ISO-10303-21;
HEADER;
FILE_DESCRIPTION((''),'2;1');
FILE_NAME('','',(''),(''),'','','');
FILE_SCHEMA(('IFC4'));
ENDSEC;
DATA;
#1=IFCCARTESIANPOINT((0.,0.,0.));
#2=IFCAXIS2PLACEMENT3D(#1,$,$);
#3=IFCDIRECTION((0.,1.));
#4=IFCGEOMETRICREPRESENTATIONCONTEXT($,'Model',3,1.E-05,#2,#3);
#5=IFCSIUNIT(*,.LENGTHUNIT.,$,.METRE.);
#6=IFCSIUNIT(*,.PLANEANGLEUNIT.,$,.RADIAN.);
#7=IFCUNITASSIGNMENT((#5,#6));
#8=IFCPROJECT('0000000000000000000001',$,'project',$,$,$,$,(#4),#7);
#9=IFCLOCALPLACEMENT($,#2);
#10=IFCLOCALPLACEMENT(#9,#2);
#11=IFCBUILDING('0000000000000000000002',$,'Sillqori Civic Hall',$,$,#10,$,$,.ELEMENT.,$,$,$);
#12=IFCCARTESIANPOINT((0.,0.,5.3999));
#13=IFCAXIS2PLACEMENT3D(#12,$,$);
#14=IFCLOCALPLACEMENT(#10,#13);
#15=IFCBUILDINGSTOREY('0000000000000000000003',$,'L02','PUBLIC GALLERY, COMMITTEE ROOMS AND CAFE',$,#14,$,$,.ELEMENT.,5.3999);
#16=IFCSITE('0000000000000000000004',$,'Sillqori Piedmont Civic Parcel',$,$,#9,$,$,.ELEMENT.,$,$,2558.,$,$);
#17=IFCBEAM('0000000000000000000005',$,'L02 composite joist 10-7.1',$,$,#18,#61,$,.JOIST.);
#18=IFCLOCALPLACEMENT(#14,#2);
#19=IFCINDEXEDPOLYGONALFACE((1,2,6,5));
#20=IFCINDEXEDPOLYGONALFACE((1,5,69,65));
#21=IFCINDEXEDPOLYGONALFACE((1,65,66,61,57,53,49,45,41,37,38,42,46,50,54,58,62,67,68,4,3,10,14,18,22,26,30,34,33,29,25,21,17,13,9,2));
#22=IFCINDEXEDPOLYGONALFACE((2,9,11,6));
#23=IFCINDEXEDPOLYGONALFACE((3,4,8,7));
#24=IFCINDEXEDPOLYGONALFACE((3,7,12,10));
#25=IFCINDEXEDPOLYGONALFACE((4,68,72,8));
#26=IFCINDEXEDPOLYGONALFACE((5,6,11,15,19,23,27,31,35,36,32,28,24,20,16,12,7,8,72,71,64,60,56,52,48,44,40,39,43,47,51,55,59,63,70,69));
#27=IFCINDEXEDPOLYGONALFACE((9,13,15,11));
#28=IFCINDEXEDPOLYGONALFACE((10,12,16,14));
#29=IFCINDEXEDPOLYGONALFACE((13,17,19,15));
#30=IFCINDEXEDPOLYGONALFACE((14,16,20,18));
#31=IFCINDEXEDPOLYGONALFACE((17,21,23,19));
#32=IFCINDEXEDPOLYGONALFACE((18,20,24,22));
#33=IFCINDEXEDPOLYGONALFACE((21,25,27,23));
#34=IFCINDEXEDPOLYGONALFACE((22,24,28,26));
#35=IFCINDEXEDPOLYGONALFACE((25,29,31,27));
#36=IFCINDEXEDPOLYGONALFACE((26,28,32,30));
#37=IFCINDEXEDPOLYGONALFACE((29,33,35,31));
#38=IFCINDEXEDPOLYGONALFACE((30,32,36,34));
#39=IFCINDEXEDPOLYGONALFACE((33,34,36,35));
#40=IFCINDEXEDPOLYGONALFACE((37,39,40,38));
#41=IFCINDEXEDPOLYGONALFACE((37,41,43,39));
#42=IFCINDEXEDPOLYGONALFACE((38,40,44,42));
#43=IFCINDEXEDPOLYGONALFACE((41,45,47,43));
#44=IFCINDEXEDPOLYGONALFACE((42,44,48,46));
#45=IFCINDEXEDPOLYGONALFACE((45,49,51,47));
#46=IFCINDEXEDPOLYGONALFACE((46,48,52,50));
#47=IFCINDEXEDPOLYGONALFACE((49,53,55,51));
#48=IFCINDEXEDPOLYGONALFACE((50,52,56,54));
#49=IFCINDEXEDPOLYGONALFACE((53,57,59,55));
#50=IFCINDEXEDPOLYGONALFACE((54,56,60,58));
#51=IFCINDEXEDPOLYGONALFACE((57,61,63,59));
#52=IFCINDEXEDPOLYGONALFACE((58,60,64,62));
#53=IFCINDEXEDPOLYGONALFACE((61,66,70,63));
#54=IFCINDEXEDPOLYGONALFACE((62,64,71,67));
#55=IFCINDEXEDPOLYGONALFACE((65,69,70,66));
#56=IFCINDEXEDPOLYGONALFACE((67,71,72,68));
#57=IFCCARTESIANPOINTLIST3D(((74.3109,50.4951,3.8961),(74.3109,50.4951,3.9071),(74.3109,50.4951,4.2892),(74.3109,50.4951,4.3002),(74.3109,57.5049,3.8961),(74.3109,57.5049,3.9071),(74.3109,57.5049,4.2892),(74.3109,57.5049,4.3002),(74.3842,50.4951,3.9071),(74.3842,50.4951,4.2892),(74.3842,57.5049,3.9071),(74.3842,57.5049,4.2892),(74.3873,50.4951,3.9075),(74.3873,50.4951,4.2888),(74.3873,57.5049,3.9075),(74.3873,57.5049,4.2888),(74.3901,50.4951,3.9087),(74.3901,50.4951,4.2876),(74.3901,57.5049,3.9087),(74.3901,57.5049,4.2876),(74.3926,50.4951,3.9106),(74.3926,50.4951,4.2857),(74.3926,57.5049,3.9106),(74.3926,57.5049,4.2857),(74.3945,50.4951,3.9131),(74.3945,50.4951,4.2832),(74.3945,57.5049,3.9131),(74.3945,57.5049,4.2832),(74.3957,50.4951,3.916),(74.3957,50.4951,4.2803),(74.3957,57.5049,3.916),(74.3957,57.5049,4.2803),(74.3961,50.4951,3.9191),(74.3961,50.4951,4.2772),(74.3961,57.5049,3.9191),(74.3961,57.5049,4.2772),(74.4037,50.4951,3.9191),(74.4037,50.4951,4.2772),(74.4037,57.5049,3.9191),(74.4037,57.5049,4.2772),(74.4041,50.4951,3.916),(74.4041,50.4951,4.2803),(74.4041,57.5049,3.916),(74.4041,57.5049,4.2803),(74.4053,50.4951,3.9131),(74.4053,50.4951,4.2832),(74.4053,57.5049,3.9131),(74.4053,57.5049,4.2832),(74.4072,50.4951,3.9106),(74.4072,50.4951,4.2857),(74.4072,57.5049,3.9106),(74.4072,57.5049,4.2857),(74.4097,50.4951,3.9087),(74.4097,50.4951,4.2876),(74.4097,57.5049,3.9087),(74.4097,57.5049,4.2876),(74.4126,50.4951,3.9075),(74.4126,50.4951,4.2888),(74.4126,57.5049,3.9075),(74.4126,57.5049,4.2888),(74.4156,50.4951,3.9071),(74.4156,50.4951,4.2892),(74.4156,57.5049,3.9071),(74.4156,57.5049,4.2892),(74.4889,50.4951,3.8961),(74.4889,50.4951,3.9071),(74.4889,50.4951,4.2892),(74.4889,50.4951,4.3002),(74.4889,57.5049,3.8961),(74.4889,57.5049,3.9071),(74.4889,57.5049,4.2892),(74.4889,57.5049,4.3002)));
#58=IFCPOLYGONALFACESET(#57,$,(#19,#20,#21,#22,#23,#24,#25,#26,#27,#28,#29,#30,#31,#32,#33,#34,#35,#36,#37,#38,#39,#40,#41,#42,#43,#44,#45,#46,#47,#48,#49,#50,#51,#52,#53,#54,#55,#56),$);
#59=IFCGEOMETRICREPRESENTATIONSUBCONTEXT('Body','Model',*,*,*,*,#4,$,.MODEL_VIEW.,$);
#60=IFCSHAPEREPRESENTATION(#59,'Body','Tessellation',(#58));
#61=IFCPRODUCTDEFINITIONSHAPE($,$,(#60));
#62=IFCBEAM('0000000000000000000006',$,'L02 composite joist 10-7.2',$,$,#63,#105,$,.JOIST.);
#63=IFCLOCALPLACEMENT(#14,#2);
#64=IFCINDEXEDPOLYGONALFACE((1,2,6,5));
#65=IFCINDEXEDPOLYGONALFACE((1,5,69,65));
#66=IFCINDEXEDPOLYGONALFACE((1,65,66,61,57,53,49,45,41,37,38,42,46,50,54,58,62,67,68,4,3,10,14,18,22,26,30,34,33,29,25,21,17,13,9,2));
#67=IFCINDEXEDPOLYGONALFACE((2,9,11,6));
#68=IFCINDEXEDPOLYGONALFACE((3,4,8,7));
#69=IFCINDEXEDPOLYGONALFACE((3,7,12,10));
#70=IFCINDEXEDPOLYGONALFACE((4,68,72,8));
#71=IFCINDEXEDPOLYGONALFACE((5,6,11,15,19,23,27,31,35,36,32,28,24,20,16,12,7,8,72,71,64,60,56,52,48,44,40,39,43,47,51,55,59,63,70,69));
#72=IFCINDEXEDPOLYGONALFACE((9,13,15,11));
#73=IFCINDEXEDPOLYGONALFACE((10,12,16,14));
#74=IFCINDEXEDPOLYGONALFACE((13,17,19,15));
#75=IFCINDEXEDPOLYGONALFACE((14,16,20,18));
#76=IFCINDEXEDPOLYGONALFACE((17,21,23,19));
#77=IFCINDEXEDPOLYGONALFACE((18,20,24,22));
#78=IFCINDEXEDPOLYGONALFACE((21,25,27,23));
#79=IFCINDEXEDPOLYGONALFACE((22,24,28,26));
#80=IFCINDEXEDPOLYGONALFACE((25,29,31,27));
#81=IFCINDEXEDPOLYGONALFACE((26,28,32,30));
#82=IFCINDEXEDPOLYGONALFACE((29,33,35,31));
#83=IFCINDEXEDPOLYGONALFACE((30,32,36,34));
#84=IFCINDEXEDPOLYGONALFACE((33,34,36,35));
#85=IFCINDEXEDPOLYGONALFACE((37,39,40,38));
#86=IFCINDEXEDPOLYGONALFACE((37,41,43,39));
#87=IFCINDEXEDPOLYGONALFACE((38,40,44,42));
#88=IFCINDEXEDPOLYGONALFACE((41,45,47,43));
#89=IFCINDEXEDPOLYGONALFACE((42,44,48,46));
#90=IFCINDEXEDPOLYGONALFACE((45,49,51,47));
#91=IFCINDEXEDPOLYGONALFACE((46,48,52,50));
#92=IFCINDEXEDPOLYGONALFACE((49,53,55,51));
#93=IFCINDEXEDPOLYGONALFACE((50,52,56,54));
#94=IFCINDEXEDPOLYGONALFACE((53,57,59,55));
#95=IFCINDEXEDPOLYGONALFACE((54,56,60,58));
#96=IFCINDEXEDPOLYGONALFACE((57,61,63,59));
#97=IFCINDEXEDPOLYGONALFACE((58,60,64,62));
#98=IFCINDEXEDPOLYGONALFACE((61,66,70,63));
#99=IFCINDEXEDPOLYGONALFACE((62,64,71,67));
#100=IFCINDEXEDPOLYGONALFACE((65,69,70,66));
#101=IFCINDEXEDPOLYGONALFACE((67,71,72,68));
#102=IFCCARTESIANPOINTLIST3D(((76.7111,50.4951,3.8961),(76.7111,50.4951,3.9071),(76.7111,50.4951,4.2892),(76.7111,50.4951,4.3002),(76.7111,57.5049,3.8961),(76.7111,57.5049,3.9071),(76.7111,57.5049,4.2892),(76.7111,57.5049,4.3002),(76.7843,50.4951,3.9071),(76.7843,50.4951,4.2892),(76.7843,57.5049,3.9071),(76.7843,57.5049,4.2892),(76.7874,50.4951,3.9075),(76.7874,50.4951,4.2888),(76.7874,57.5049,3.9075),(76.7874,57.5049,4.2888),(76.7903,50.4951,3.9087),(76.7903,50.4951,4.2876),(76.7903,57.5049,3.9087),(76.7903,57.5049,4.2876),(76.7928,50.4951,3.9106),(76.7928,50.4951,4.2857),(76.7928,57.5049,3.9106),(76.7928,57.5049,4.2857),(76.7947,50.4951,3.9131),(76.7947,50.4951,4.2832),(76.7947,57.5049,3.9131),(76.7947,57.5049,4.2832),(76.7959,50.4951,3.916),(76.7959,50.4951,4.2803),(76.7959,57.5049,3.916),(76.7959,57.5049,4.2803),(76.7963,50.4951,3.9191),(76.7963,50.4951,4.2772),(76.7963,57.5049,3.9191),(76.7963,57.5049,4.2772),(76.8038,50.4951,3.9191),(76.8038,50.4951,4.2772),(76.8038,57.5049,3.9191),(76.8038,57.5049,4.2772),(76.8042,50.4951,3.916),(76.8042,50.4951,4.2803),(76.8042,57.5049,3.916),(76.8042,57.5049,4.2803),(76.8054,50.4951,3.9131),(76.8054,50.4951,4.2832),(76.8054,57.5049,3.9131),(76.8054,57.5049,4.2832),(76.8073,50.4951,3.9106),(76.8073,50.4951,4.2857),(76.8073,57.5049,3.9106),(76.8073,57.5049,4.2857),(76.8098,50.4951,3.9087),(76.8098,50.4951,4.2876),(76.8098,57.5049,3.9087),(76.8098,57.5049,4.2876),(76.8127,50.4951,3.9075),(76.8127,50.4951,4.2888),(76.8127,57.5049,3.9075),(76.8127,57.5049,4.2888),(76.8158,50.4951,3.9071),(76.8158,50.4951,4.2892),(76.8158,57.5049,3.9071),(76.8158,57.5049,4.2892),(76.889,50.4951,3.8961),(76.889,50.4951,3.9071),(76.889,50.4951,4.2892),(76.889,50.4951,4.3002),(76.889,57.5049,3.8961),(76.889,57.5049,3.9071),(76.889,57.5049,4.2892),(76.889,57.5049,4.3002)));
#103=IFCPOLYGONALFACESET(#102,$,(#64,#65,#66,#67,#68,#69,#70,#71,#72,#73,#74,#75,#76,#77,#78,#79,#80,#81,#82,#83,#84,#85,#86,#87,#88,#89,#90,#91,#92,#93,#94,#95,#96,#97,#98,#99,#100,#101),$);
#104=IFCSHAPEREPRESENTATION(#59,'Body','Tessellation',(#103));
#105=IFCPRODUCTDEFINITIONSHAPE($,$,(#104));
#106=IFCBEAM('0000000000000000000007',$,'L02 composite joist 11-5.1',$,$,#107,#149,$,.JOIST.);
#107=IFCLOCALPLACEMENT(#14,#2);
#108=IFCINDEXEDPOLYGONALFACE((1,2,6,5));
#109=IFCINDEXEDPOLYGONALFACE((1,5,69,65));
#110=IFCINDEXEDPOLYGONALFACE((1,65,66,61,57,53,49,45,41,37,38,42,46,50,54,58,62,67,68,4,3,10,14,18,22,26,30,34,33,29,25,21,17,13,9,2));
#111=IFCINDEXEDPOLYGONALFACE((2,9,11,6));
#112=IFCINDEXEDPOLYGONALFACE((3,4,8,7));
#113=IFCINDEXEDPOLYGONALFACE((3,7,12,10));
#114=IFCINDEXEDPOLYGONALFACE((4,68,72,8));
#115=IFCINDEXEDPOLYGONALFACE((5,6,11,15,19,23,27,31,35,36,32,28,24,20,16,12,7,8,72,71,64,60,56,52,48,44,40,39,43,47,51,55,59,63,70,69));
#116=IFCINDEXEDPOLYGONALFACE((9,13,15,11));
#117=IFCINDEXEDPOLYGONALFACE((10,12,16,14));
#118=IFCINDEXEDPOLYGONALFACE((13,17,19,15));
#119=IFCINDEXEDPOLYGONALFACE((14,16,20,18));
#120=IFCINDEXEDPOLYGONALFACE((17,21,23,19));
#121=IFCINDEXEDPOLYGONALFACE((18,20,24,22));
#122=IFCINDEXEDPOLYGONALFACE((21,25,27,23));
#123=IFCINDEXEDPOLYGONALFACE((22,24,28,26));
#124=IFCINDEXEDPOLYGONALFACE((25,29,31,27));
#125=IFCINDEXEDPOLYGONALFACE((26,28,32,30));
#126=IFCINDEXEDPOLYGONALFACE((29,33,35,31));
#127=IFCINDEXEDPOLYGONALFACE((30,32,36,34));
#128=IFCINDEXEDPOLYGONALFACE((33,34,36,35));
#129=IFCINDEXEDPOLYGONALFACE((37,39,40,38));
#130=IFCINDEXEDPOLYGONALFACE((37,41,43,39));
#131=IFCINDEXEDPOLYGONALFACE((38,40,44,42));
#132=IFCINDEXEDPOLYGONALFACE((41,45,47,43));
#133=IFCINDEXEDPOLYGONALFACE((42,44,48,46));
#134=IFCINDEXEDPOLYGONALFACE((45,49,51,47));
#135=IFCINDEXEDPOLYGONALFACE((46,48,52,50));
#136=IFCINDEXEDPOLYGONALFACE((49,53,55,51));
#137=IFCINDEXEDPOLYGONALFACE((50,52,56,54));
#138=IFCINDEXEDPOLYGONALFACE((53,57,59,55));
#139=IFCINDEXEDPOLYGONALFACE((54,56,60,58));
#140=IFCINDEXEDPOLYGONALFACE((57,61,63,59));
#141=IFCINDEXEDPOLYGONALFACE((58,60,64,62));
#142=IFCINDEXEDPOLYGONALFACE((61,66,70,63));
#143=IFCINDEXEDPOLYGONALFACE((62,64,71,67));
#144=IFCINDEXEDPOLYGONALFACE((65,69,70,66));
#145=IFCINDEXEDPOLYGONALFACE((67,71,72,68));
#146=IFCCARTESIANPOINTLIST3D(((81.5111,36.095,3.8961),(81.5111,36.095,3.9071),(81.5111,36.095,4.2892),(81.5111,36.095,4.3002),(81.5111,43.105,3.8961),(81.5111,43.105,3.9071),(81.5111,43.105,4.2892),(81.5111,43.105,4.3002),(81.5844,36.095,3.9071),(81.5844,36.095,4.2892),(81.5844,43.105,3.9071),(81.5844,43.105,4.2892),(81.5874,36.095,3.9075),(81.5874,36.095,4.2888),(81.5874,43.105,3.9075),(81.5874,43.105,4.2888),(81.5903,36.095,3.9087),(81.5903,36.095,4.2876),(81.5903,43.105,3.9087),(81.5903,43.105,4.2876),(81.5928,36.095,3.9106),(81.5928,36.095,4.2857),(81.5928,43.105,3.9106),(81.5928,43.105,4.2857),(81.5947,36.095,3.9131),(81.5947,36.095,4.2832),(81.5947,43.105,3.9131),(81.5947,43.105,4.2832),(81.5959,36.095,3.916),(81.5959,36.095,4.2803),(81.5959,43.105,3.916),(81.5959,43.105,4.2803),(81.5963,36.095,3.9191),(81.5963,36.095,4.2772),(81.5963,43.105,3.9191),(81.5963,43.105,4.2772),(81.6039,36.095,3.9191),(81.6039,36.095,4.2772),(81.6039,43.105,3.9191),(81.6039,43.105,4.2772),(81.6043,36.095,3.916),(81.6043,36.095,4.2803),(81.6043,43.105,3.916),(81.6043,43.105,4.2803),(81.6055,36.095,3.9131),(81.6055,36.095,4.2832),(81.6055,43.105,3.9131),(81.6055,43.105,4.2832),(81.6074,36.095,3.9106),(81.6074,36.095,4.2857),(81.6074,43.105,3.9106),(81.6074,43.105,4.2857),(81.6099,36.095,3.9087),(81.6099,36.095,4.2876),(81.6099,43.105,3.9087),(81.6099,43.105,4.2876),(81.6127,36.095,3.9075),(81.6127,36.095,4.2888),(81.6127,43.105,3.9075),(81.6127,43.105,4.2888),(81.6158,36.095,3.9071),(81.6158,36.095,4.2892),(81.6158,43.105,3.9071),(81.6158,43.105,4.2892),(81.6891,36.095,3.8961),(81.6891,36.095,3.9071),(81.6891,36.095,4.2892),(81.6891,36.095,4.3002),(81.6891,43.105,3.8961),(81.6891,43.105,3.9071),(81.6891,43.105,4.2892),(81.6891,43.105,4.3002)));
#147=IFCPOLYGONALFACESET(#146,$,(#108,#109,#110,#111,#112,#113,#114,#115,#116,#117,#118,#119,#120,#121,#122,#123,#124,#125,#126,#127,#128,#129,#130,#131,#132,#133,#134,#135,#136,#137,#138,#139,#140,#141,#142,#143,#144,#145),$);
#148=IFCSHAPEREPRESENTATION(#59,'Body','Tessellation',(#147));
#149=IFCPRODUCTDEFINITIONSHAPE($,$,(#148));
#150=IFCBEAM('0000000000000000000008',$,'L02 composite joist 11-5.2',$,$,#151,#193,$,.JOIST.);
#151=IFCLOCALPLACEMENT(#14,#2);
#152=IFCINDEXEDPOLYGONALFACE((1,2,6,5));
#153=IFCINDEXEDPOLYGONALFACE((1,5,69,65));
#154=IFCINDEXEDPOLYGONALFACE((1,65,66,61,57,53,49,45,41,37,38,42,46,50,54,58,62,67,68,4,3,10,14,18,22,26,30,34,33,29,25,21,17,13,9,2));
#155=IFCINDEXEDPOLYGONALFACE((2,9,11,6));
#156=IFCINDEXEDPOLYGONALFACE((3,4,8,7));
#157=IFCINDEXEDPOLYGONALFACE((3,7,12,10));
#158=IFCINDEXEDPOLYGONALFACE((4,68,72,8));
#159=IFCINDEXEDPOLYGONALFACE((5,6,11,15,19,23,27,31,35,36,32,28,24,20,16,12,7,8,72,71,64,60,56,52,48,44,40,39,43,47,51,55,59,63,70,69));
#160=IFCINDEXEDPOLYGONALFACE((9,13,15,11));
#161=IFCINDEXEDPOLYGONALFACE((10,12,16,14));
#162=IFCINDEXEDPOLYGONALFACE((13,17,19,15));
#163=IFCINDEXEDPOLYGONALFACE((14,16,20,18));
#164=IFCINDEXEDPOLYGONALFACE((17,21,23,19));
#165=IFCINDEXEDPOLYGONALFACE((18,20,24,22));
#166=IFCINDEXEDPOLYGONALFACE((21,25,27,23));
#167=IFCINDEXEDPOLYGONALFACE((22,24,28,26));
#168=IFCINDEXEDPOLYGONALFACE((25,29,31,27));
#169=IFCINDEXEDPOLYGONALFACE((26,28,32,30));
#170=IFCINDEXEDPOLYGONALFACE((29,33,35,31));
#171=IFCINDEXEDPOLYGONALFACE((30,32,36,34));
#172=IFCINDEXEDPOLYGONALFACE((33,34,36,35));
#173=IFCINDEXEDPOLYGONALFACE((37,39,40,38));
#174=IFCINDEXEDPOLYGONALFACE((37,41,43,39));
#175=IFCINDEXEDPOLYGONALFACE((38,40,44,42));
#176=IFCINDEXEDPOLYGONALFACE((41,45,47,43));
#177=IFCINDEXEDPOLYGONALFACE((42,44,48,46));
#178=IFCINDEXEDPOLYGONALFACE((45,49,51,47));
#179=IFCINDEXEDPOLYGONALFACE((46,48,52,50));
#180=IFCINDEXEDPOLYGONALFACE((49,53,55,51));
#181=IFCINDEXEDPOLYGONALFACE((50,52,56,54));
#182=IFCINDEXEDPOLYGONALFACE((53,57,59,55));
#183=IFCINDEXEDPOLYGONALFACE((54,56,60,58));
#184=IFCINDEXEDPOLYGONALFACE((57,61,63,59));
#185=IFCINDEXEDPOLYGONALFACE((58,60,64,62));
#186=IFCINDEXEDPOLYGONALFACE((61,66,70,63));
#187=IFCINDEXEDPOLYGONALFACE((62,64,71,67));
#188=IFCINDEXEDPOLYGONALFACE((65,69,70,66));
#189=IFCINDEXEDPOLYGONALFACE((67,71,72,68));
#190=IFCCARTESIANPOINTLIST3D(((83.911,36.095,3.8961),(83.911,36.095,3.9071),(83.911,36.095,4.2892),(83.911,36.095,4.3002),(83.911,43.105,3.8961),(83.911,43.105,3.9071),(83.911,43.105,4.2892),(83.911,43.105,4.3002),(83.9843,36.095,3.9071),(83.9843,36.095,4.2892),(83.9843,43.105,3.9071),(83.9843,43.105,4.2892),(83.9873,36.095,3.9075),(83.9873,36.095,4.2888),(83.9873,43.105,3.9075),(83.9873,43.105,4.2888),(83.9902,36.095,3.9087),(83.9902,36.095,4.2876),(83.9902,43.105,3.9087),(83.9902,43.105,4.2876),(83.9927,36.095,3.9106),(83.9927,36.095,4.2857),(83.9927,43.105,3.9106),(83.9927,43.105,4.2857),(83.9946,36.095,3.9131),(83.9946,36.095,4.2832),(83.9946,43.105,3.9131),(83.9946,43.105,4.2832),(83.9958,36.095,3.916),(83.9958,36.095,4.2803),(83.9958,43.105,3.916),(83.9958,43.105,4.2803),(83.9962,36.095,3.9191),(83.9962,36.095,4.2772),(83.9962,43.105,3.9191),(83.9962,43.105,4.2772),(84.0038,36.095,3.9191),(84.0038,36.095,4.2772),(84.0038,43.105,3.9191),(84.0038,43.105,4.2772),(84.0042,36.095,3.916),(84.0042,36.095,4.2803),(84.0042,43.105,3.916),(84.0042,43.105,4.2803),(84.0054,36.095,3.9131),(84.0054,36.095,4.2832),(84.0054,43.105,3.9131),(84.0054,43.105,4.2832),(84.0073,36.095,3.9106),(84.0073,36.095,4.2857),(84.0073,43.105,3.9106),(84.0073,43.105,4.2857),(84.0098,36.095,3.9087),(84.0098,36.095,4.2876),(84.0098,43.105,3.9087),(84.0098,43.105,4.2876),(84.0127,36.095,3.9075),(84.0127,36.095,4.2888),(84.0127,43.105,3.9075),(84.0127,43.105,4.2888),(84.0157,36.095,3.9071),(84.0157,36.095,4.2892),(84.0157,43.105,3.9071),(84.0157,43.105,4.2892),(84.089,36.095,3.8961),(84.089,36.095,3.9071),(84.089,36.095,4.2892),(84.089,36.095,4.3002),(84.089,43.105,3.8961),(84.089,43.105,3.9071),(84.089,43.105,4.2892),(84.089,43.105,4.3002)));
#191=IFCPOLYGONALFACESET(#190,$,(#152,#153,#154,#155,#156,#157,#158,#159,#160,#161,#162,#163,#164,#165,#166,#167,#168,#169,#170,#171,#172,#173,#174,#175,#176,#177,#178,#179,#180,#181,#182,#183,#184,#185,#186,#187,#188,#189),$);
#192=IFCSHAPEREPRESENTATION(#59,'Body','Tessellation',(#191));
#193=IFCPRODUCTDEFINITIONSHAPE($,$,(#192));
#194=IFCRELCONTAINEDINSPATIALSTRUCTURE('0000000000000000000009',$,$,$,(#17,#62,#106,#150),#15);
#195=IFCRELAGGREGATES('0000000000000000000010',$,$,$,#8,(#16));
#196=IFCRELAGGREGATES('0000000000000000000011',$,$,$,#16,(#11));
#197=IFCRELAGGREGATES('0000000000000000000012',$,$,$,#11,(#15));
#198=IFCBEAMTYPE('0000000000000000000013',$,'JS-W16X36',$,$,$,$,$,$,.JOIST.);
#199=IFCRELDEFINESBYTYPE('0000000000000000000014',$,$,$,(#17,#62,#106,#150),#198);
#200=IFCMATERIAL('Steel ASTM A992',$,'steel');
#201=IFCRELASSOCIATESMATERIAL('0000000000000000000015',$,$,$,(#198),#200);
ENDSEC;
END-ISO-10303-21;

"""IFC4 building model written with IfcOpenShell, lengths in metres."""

from ifc_helpers import new_model, si_unit, direction, frame, origin, origin_2d, place, context, subcontext, project, spatial, i_section, extrude, material, material_profile, profile_set, type_object, element, save


model = new_model("IFC4")

# Units and contexts
model_context = context("Model", 3, precision=1e-05, world=origin(), true_north=direction((0.0, 1.0)))
body_context = subcontext(model_context, "Body", "Model", "MODEL_VIEW")
ifc_project = project(units=[si_unit("LENGTHUNIT", "METRE"), si_unit("PLANEANGLEUNIT", "RADIAN")], contexts=[model_context])

# Site, building, storey
site_placement = place(None, origin())
site = spatial("IfcSite", under=ifc_project, at=site_placement, Name="Sillqori Piedmont Civic Parcel", CompositionType="ELEMENT", RefElevation=2558.0)
building_placement = place(site_placement, origin())
building = spatial("IfcBuilding", under=site, at=building_placement, Name="Sillqori Civic Hall", CompositionType="ELEMENT")
storey_placement = place(building_placement, frame((0.0, 0.0, 5.3999)))
storey = spatial("IfcBuildingStorey", under=building, at=storey_placement, Name="L02", Description="PUBLIC GALLERY, COMMITTEE ROOMS AND CAFE", CompositionType="ELEMENT", Elevation=5.3999)

# Shared definitions
ifc_material_1 = material(Name="Steel ASTM A992", Category="steel")

# Beams
ifc_material_profile_1 = material_profile(ifc_material_1, i_section(OverallWidth=0.178, OverallDepth=0.4041, WebThickness=0.0076, FlangeThickness=0.011, FilletRadius=0.012, at=origin_2d()), Name="W16X36")
ifc_profile_set_1 = profile_set([ifc_material_profile_1], Name="Steel ASTM A992")
beam_type_1 = type_object("IfcBeamType", Name="JS-W16X36", PredefinedType="JOIST", material=ifc_profile_set_1)
for number, where, z_axis, x_axis, name in (
    (1, (74.3999, 50.4951, 4.0981), (0.0, 1.0, 0.0), (-1.0, 0.0, 0.0), "L02 composite joist 10-7.1"),
    (2, (76.8, 50.4951, 4.0981), (0.0, 1.0, 0.0), (-1.0, 0.0, 0.0), "L02 composite joist 10-7.2"),
):
    element("IfcBeam", number, at=place(storey_placement, frame(where, z_axis=z_axis, x_axis=x_axis)), inside=storey, type_object=beam_type_1, Name=name, PredefinedType="JOIST", context=body_context, shape_type="SweptSolid", body=[
        extrude(i_section(OverallWidth=0.178, OverallDepth=0.4041, WebThickness=0.0076, FlangeThickness=0.011, FilletRadius=0.012, at=origin_2d()), origin(), (0.0, 0.0, 1.0), 7.0098),
    ])
for number, where, z_axis, x_axis, name in (
    (3, (81.6001, 36.095, 4.0981), (0.0, 1.0, 0.0), (-1.0, 0.0, 0.0), "L02 composite joist 11-5.1"),
    (4, (84.0, 36.095, 4.0981), (0.0, 1.0, 0.0), (-1.0, 0.0, 0.0), "L02 composite joist 11-5.2"),
):
    element("IfcBeam", number, at=place(storey_placement, frame(where, z_axis=z_axis, x_axis=x_axis)), inside=storey, type_object=beam_type_1, Name=name, PredefinedType="JOIST", context=body_context, shape_type="SweptSolid", body=[
        extrude(i_section(OverallWidth=0.178, OverallDepth=0.4041, WebThickness=0.0076, FlangeThickness=0.011, FilletRadius=0.012, at=origin_2d()), origin(), (0.0, 0.0, 1.0), 7.01),
    ])

save(model, "model.ifc")
